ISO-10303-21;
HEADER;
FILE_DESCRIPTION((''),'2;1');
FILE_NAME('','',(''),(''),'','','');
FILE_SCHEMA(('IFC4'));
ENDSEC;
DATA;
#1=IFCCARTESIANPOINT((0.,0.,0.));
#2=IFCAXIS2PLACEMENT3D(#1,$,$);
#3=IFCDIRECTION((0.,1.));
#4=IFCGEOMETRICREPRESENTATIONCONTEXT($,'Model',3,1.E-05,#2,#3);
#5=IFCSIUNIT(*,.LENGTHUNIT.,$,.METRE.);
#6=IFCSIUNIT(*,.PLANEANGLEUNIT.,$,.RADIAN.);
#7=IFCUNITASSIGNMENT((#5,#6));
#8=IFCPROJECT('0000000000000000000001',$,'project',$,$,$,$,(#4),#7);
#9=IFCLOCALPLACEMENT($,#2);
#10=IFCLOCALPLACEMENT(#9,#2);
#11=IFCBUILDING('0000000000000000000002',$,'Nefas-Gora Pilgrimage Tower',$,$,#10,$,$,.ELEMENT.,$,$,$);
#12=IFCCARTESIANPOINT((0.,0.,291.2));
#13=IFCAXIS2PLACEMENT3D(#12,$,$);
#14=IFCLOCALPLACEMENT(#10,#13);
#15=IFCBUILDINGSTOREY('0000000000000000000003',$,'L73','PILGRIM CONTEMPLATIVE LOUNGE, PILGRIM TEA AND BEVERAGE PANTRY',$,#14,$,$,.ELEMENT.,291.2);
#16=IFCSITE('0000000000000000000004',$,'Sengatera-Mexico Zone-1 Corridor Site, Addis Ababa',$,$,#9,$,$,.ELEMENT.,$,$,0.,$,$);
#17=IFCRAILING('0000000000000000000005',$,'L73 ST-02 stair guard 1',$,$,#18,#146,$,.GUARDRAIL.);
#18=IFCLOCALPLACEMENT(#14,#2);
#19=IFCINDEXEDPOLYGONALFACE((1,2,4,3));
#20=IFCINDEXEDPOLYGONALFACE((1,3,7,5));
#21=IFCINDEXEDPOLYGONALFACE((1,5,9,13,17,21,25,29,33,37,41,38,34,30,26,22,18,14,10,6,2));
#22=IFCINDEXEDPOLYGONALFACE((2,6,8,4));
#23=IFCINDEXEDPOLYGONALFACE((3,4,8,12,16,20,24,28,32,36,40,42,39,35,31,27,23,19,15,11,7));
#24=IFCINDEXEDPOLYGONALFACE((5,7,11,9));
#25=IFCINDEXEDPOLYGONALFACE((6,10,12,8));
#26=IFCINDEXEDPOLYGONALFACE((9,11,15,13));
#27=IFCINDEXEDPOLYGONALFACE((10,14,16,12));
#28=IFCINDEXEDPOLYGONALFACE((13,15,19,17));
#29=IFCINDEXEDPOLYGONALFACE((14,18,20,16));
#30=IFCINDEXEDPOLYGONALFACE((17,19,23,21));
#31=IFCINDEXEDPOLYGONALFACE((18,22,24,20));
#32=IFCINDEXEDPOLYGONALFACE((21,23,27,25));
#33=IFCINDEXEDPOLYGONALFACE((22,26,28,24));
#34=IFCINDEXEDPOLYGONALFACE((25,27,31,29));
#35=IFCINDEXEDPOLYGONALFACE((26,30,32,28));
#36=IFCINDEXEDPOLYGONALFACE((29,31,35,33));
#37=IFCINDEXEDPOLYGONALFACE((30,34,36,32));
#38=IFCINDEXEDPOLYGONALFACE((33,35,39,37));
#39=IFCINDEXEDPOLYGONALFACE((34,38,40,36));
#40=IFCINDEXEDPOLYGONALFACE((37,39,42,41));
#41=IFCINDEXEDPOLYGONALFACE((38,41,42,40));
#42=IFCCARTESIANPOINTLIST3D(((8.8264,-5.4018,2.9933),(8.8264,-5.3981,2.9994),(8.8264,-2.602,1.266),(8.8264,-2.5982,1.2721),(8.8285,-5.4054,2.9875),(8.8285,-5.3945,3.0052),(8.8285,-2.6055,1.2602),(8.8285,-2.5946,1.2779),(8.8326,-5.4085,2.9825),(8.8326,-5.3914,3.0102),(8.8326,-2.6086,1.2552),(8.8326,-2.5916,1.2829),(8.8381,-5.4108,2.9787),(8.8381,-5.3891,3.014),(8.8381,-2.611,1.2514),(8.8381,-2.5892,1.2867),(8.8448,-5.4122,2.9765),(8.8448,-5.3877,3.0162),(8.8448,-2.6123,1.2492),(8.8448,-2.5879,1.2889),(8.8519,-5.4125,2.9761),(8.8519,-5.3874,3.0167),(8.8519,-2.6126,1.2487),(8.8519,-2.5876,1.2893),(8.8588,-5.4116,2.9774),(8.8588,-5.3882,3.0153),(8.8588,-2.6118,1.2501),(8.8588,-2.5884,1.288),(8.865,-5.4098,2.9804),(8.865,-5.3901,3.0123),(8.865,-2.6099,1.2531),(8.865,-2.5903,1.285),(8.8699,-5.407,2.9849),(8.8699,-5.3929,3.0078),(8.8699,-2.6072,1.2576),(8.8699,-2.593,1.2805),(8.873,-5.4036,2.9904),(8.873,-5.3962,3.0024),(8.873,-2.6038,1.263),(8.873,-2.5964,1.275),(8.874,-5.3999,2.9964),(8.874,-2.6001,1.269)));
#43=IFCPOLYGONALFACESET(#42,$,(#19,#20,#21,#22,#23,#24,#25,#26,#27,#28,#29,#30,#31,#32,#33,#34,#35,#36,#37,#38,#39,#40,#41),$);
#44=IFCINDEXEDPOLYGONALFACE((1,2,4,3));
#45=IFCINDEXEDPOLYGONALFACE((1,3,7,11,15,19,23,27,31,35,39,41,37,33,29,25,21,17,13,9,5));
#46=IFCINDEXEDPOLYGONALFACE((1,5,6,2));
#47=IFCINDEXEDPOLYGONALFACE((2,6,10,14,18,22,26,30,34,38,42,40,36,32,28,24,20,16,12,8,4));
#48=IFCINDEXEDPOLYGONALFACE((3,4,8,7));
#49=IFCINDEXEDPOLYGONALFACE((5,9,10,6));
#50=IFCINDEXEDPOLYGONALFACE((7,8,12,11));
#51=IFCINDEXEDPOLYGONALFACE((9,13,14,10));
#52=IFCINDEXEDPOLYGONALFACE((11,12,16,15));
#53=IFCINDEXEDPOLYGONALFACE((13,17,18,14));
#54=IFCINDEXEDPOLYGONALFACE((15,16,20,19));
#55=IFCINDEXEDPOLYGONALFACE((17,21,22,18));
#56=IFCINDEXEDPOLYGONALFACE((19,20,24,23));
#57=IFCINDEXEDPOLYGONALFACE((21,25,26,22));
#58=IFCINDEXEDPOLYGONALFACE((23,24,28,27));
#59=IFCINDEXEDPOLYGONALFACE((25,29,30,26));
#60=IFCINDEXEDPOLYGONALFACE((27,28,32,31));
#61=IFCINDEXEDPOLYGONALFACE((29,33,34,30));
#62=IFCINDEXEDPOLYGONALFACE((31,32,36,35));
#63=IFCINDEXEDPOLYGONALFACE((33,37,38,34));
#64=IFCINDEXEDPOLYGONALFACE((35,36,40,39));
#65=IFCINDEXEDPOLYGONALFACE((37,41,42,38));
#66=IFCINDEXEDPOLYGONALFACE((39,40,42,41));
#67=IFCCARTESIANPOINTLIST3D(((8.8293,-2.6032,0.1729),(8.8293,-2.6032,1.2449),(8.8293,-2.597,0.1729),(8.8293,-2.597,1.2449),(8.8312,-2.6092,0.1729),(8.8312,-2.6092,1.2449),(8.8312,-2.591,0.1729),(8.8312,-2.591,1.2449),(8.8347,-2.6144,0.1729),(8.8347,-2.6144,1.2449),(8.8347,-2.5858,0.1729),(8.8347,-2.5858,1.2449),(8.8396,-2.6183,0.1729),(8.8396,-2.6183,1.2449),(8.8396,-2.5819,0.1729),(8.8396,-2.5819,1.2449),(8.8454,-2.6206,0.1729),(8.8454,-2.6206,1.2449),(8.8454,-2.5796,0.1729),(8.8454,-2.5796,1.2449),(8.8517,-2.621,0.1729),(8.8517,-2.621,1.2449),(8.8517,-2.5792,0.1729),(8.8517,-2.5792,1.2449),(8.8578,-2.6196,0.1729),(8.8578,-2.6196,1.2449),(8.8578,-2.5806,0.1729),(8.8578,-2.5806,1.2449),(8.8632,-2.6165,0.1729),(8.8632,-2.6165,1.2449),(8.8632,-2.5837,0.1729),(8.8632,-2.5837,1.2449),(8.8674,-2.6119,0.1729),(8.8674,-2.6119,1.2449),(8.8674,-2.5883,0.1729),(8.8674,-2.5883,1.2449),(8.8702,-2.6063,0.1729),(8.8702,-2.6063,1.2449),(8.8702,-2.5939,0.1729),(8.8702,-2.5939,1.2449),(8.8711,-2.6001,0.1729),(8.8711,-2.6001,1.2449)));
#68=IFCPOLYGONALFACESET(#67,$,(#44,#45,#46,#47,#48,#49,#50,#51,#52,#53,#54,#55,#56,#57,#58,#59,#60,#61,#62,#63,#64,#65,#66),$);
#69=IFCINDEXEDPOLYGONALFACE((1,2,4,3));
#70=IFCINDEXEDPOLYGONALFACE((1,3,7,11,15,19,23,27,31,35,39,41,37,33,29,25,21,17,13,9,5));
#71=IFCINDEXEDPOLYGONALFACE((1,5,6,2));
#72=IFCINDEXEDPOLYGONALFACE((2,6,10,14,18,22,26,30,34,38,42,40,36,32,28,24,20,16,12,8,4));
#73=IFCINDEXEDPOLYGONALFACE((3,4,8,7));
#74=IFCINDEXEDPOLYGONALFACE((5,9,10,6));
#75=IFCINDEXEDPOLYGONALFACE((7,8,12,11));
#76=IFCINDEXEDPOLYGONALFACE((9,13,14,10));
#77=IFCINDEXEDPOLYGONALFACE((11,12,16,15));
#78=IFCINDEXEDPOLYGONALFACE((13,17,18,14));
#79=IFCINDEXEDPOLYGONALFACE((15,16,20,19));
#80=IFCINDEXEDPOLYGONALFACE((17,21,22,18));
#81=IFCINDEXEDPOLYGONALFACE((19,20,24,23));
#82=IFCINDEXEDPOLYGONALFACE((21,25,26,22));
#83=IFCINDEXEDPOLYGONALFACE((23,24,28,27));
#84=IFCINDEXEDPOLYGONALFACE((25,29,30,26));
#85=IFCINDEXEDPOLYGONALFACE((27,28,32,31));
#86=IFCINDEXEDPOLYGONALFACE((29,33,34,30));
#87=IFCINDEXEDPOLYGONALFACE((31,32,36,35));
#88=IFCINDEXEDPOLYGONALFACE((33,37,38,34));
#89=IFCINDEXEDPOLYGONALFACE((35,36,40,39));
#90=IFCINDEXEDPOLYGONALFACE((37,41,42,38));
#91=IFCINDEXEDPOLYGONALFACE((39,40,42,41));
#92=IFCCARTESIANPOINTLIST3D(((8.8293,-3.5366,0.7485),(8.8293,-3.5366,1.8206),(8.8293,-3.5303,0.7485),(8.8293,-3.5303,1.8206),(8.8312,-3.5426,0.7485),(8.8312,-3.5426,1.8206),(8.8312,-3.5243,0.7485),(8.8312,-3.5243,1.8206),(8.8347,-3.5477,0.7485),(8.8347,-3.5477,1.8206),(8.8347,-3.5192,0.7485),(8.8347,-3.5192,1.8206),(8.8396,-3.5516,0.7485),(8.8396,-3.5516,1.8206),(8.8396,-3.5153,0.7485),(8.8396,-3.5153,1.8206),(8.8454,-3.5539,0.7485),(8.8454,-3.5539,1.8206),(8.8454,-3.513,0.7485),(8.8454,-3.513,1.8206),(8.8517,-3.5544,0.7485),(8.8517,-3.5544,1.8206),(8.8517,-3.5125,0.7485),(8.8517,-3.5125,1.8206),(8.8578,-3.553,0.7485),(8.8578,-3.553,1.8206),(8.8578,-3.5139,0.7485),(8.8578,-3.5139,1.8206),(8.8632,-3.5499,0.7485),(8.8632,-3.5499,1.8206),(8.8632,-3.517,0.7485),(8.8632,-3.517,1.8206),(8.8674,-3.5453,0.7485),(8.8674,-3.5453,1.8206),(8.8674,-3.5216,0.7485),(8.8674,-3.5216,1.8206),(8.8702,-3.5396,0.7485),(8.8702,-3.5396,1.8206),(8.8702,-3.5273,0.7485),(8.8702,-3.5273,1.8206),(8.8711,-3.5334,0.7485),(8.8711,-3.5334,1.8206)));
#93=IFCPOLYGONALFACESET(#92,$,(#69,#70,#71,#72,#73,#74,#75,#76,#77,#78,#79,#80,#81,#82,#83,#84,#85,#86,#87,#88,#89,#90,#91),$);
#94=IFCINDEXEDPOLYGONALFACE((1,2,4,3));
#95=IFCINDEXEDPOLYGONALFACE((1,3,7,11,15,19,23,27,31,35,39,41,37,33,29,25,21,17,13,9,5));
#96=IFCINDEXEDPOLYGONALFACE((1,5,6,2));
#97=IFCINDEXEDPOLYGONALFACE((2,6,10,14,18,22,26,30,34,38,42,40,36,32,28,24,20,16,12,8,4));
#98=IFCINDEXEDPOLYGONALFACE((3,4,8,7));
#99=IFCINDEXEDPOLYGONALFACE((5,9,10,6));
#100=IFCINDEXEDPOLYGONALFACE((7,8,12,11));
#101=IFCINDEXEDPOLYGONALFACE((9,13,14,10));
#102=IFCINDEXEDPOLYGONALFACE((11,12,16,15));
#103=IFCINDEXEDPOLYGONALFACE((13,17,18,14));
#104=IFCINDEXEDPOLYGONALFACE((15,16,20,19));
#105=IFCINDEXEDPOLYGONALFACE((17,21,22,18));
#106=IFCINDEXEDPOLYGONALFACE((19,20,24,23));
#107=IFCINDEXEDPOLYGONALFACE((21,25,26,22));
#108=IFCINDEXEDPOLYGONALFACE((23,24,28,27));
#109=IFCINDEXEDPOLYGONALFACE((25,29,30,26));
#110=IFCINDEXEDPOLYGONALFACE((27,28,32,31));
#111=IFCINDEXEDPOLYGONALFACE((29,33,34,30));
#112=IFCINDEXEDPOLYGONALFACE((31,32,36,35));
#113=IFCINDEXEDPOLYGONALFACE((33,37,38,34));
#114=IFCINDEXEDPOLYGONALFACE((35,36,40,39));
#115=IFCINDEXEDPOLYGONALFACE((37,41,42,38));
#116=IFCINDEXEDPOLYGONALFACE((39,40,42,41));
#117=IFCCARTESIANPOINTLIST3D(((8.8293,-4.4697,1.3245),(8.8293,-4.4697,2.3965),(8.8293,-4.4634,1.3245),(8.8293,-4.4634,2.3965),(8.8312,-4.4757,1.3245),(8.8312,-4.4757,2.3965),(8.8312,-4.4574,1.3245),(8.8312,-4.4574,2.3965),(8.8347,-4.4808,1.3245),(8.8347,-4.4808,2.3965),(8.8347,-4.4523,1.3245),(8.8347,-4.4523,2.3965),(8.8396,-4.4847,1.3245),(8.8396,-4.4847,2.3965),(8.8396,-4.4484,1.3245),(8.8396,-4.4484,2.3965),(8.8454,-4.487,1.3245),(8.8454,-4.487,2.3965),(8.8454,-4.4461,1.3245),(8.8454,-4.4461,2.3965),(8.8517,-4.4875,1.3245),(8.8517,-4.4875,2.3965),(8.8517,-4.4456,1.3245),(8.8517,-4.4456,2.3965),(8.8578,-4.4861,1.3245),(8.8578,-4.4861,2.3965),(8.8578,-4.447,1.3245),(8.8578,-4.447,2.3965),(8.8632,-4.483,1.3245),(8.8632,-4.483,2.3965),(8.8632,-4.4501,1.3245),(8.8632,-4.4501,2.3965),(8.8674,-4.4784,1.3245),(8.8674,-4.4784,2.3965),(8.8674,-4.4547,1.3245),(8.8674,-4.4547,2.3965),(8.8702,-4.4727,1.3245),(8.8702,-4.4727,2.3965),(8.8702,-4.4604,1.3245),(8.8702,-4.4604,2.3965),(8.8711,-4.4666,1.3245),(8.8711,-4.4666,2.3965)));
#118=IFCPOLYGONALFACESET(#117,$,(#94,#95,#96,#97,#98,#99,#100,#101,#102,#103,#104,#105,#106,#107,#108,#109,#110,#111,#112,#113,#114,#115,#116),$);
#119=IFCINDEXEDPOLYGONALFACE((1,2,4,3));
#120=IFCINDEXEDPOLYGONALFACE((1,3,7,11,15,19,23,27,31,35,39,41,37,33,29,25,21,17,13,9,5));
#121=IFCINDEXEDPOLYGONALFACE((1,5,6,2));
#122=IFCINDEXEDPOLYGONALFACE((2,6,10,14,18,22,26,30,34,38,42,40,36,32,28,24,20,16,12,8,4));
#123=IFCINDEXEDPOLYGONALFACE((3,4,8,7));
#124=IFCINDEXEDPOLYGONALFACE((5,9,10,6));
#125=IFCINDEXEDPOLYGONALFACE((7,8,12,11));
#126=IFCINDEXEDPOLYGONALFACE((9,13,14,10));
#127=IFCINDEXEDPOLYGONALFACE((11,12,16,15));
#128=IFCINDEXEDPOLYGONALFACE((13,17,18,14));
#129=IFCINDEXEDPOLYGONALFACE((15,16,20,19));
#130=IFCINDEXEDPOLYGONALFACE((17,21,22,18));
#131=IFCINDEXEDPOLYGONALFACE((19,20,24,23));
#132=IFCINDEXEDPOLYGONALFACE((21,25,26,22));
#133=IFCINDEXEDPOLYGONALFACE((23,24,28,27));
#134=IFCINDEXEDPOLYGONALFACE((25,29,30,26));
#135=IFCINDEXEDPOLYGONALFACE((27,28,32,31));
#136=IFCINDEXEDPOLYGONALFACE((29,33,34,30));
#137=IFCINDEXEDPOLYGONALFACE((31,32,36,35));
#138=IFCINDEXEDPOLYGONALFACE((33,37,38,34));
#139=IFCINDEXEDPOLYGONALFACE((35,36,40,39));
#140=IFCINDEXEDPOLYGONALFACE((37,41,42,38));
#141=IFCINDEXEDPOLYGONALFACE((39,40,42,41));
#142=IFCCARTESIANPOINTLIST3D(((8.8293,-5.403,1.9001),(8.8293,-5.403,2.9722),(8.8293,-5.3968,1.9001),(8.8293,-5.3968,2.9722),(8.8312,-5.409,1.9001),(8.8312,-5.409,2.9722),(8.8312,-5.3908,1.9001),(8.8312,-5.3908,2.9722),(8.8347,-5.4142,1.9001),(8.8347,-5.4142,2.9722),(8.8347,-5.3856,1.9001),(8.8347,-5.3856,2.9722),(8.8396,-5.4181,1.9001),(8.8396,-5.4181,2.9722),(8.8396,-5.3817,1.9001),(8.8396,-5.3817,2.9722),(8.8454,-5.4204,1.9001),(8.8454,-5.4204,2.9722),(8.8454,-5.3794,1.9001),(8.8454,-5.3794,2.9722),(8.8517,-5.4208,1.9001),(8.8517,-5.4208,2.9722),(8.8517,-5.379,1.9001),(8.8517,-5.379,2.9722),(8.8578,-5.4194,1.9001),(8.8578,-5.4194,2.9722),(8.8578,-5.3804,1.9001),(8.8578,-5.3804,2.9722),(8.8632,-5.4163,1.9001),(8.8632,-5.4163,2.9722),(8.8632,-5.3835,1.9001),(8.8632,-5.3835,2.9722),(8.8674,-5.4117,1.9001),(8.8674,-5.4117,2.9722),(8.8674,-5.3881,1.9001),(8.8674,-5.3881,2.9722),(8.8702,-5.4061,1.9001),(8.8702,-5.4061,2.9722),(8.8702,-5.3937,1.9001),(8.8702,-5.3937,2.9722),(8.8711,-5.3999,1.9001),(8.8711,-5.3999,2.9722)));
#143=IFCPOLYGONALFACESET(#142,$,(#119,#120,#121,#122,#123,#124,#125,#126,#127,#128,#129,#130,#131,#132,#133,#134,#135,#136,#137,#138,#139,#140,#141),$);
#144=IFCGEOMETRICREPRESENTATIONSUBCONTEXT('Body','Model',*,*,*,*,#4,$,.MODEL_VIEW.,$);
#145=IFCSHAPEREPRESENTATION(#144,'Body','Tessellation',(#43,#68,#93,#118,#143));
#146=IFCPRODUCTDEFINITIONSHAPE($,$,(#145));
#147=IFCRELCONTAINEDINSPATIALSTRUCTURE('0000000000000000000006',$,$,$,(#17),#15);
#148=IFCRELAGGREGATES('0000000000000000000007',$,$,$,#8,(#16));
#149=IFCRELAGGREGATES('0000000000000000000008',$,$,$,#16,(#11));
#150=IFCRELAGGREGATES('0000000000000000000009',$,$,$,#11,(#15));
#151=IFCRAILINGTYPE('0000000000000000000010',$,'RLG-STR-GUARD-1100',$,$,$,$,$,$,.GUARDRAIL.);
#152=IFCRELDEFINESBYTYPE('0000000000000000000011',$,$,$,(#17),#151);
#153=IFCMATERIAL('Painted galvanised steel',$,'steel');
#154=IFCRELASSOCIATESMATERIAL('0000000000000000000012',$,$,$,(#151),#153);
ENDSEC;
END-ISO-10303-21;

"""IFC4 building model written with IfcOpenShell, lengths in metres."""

from ifc_helpers import new_model, si_unit, direction, frame, origin, origin_2d, place, context, subcontext, project, spatial, circle, extrude, material, type_object, element, save


model = new_model("IFC4")

# Units and contexts
model_context = context("Model", 3, precision=1e-05, world=origin(), true_north=direction((0.0, 1.0)))
body_context = subcontext(model_context, "Body", "Model", "MODEL_VIEW")
ifc_project = project(units=[si_unit("LENGTHUNIT", "METRE"), si_unit("PLANEANGLEUNIT", "RADIAN")], contexts=[model_context])

# Site, building, storey
site_placement = place(None, origin())
site = spatial("IfcSite", under=ifc_project, at=site_placement, Name="Sengatera-Mexico Zone-1 Corridor Site, Addis Ababa", CompositionType="ELEMENT", RefElevation=0.0)
building_placement = place(site_placement, origin())
building = spatial("IfcBuilding", under=site, at=building_placement, Name="Nefas-Gora Pilgrimage Tower", CompositionType="ELEMENT")
storey_placement = place(building_placement, frame((0.0, 0.0, 291.2)))
storey = spatial("IfcBuildingStorey", under=building, at=storey_placement, Name="L73", Description="PILGRIM CONTEMPLATIVE LOUNGE, PILGRIM TEA AND BEVERAGE PANTRY", CompositionType="ELEMENT", Elevation=291.2)

# Railing
ifc_material_1 = material(Name="Painted galvanised steel", Category="steel")
railing_type_1 = type_object("IfcRailingType", Name="RLG-STR-GUARD-1100", PredefinedType="GUARDRAIL", material=ifc_material_1)
railing_1_placement = place(storey_placement, frame((8.8501, -2.6001, 0.1729)))
element("IfcRailing", 1, at=railing_1_placement, inside=storey, type_object=railing_type_1, Name="L73 ST-02 stair guard 1", PredefinedType="GUARDRAIL", context=body_context, shape_type="SweptSolid", body=[
    extrude(circle(Radius=0.0239, at=origin_2d()), frame((0.0, 0.0, 1.0962), z_axis=(0.0, -0.851069, 0.525054), x_axis=(1.0, 0.0, 0.0)), (0.0, 0.0, 1.0), 3.2898),
    extrude(circle(Radius=0.021, at=origin_2d()), origin(), (0.0, 0.0, 1.0), 1.072),
    extrude(circle(Radius=0.021, at=origin_2d()), frame((0.0, -0.9333, 0.5757)), (0.0, 0.0, 1.0), 1.072),
    extrude(circle(Radius=0.021, at=origin_2d()), frame((0.0, -1.8665, 1.1516)), (0.0, 0.0, 1.0), 1.072),
    extrude(circle(Radius=0.021, at=origin_2d()), frame((0.0, -2.7998, 1.7273)), (0.0, 0.0, 1.0), 1.072),
])

save(model, "model.ifc")
